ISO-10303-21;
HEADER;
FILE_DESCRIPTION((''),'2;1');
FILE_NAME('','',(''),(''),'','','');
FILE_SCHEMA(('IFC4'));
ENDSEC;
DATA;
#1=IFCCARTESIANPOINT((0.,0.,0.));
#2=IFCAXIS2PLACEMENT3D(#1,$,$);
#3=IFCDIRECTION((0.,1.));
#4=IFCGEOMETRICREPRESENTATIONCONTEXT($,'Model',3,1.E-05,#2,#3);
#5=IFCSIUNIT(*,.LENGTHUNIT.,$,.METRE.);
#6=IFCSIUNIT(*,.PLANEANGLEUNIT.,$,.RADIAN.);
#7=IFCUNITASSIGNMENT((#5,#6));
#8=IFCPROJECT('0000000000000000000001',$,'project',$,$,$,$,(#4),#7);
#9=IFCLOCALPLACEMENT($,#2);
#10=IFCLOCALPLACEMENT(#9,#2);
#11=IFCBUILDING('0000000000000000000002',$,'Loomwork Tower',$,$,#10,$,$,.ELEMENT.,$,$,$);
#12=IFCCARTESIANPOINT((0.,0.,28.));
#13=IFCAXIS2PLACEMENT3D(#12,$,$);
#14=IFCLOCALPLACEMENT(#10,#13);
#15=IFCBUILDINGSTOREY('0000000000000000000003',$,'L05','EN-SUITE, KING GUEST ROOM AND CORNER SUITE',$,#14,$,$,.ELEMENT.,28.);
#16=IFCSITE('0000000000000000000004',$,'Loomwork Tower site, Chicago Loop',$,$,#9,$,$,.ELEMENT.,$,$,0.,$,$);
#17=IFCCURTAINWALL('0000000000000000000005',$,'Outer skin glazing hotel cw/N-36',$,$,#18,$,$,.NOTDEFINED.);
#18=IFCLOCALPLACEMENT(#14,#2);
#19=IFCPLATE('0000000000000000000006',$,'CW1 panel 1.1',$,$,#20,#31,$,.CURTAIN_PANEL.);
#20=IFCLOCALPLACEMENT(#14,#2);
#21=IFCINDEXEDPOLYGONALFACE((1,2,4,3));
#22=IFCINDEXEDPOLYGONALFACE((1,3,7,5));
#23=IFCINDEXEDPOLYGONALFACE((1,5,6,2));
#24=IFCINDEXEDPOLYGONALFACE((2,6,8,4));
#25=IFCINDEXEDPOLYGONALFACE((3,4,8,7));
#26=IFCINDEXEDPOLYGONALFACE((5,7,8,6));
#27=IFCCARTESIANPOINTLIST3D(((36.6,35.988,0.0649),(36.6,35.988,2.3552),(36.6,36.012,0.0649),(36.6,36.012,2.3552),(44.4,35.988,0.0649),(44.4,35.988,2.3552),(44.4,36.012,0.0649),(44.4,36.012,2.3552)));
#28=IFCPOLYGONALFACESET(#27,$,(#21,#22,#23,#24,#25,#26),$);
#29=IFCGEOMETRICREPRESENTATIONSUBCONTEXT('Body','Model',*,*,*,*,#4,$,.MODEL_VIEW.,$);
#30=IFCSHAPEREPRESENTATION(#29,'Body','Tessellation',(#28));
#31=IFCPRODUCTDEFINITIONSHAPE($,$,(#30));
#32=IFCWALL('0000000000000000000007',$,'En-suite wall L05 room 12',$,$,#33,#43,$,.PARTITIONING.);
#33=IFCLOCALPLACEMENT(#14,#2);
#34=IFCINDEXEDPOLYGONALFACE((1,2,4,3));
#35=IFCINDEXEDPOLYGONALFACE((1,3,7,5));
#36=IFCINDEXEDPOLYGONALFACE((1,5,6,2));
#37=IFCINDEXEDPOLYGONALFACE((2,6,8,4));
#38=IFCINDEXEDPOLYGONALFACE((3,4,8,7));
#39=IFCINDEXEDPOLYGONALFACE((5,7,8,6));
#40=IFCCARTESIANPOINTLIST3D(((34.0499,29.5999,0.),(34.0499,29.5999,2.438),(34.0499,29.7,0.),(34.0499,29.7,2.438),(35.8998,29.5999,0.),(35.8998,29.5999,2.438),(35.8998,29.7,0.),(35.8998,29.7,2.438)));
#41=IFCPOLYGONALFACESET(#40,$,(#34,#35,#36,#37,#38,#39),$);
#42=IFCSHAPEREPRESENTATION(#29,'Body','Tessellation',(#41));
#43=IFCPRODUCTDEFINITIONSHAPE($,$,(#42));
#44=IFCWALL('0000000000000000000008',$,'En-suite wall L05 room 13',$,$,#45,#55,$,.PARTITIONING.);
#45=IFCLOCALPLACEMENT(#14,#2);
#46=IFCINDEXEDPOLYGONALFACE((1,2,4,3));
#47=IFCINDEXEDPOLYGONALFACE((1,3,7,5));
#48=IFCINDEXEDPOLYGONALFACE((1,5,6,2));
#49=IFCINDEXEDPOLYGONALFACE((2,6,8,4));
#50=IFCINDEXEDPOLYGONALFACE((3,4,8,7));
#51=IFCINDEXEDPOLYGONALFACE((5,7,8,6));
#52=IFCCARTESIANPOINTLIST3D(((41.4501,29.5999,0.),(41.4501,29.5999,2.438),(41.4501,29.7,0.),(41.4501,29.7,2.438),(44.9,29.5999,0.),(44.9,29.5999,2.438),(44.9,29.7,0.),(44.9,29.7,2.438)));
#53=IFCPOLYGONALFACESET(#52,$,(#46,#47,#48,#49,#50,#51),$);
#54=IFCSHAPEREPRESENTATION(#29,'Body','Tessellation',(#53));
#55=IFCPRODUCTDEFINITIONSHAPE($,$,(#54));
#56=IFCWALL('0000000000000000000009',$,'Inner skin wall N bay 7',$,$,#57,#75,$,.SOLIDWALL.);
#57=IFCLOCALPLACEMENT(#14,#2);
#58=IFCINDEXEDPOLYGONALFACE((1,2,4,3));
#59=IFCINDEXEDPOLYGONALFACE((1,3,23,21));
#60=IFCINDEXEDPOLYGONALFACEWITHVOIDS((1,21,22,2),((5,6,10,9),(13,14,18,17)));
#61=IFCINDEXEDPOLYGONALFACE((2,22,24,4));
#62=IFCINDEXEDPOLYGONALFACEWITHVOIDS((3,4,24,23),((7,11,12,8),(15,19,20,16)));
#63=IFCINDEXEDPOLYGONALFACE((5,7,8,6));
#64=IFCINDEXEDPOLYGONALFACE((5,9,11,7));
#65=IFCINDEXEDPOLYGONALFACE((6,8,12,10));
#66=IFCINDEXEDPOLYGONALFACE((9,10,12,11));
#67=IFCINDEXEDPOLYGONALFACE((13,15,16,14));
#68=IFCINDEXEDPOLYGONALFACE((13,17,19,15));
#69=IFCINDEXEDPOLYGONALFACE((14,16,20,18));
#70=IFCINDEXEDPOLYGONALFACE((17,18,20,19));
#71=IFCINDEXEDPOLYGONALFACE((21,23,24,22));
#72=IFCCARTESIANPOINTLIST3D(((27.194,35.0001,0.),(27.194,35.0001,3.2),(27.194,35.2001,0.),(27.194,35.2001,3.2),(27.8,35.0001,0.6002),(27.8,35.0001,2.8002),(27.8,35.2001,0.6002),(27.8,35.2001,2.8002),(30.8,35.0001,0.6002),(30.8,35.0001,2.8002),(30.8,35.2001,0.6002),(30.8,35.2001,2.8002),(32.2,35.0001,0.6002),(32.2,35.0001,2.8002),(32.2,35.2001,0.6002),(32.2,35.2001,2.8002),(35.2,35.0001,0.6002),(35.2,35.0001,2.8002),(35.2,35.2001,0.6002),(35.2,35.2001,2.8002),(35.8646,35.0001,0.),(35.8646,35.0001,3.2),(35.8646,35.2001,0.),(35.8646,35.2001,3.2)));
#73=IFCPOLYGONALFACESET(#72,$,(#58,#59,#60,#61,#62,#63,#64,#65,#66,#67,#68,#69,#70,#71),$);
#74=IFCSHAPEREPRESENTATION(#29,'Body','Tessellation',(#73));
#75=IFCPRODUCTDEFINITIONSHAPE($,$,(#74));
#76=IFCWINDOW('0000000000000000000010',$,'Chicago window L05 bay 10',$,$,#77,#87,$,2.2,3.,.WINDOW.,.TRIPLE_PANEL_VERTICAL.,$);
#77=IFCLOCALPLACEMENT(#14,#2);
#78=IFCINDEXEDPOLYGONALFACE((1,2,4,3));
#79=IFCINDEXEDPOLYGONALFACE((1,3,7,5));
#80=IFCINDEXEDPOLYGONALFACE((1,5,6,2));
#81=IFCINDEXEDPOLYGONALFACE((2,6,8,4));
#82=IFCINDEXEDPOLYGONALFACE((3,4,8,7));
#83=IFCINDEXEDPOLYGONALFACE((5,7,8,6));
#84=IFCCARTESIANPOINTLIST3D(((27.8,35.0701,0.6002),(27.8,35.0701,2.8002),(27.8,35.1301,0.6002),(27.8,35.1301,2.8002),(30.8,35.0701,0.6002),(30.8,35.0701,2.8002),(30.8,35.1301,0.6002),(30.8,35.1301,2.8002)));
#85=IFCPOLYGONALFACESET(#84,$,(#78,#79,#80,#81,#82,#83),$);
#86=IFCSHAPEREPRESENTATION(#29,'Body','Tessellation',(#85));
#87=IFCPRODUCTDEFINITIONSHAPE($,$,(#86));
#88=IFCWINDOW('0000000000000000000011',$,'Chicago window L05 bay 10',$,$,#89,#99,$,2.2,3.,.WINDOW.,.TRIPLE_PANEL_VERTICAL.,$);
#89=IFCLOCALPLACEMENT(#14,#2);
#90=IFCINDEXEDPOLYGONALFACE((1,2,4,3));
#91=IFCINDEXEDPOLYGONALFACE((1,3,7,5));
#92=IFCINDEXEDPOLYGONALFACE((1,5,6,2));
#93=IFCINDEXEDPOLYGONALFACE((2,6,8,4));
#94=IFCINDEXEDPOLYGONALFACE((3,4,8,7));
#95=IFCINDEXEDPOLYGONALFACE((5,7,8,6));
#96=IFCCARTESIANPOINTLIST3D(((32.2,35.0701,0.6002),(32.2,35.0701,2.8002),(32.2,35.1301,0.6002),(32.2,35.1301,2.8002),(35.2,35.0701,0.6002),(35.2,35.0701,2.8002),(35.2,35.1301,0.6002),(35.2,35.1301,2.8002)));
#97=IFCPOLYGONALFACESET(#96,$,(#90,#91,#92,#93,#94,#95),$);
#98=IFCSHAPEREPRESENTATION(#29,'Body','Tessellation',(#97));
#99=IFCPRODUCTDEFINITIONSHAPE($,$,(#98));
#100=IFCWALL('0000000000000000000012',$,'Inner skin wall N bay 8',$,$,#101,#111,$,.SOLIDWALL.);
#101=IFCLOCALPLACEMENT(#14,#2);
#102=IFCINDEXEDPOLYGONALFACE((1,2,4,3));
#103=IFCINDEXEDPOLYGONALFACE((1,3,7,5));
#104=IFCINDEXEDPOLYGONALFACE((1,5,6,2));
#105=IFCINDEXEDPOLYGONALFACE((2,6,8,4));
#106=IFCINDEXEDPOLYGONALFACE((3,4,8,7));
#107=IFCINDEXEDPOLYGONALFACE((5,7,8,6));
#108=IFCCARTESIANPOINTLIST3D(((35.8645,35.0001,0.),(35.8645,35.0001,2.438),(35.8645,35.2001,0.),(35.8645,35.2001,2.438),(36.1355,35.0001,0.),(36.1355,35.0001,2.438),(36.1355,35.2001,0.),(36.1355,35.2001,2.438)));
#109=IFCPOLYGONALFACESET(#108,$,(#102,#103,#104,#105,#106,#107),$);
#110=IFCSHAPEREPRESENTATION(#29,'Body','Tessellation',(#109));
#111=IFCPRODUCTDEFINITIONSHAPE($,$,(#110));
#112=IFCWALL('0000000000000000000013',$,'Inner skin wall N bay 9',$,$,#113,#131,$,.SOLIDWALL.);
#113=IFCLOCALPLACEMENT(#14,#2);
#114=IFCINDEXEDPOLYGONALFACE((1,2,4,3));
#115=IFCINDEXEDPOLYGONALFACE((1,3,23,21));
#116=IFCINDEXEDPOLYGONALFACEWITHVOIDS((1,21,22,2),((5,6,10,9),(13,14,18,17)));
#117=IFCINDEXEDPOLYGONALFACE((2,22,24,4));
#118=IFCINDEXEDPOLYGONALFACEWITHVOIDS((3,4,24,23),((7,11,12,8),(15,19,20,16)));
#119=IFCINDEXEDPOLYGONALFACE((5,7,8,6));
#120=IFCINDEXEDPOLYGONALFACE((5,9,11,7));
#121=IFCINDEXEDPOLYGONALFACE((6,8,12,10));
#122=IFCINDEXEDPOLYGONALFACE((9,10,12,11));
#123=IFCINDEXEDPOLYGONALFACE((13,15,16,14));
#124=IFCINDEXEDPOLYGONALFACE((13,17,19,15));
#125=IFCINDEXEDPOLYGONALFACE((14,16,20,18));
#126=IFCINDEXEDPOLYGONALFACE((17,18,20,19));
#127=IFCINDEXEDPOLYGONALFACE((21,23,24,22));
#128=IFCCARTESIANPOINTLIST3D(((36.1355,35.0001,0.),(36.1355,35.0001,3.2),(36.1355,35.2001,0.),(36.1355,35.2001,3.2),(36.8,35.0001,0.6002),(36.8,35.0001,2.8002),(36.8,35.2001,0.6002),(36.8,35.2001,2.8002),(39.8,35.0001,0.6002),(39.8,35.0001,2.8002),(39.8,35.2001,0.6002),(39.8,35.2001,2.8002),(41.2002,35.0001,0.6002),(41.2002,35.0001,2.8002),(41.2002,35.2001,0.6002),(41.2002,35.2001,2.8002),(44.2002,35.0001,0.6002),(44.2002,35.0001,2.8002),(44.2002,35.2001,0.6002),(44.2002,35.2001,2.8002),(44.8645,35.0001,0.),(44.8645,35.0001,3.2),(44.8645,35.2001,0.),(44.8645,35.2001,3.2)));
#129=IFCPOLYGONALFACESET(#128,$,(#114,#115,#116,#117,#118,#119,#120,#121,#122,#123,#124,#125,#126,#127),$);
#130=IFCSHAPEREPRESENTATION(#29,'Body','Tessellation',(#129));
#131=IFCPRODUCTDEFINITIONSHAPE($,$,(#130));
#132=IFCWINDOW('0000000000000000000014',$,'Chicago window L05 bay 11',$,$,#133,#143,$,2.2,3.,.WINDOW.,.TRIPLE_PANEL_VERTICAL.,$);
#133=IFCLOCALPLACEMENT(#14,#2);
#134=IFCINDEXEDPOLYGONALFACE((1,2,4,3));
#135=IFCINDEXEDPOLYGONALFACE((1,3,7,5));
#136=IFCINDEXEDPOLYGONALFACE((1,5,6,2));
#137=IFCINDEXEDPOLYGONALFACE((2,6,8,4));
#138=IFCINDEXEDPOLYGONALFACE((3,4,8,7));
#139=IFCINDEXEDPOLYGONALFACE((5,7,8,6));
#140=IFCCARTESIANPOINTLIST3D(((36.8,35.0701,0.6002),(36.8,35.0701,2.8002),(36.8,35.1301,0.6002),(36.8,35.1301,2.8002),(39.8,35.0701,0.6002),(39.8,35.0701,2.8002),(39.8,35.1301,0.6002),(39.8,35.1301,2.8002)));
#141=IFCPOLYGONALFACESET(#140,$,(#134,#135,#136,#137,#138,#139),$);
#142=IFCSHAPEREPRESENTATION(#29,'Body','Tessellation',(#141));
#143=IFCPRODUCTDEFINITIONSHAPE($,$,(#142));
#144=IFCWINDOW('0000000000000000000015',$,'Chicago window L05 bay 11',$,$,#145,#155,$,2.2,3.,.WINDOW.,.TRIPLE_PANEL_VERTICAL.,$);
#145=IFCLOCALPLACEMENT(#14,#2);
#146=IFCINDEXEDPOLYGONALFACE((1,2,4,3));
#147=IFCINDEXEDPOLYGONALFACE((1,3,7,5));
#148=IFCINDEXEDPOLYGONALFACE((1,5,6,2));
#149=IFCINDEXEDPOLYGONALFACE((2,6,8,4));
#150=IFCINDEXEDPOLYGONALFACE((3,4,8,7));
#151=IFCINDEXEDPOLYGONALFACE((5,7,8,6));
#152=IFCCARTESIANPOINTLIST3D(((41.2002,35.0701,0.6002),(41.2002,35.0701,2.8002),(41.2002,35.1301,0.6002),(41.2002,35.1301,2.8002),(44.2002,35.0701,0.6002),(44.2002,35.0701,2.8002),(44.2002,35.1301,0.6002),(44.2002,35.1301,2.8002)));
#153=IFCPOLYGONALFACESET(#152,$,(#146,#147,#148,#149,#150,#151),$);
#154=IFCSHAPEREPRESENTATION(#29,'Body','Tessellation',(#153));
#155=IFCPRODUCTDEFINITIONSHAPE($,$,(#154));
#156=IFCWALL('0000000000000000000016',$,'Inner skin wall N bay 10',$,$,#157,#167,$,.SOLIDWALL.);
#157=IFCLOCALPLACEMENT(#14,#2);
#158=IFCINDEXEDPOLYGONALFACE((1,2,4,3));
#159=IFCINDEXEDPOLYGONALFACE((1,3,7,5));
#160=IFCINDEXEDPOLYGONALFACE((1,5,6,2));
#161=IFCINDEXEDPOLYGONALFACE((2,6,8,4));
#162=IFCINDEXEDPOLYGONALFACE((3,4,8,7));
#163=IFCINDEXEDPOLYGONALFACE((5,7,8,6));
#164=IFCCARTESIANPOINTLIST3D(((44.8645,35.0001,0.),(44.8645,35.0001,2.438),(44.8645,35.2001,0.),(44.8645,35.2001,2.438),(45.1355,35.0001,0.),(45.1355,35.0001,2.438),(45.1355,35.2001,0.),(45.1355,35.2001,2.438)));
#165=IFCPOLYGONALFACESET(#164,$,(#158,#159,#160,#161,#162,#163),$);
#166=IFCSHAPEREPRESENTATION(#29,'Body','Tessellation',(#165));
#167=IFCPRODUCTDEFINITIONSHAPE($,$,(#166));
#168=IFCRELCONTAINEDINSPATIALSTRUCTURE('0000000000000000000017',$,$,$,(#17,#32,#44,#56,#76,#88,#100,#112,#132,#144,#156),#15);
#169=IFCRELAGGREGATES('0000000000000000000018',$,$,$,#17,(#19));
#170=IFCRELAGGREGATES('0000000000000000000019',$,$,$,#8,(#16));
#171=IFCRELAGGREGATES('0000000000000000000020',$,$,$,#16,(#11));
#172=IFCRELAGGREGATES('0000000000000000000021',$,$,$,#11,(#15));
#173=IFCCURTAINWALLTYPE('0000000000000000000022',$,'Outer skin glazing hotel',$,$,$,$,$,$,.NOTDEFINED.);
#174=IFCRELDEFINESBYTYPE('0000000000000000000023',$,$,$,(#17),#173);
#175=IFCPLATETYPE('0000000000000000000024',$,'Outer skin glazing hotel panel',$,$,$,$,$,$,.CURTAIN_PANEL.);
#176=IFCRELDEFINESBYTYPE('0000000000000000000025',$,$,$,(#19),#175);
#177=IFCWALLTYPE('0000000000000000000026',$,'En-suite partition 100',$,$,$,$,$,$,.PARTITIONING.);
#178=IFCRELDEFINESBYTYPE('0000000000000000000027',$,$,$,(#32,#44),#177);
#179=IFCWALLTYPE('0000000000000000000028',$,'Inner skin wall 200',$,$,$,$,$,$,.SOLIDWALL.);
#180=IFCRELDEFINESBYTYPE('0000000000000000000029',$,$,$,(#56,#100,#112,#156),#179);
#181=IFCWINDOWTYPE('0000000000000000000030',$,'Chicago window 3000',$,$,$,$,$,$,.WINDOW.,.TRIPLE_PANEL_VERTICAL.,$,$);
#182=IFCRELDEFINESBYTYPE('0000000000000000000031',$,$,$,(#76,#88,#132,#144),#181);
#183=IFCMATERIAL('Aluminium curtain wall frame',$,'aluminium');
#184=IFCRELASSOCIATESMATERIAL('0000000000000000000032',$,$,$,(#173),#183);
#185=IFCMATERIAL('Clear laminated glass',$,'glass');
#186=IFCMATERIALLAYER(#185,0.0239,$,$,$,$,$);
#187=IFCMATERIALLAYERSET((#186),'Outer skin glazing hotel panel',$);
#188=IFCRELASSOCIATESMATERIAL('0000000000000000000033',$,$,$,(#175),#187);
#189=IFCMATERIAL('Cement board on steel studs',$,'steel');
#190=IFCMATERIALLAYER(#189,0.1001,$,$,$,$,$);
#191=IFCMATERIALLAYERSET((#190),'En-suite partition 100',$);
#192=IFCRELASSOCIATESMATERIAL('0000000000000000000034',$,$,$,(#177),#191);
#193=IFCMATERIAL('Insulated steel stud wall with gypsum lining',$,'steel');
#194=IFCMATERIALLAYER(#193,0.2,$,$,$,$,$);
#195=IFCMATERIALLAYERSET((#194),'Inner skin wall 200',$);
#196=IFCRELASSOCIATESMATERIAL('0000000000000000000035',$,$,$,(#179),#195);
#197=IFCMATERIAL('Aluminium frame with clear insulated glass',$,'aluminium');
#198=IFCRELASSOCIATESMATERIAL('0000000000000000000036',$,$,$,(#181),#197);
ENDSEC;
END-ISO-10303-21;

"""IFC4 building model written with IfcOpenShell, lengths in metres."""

from ifc_helpers import new_model, si_unit, direction, frame, frame_2d, origin, origin_2d, place, context, subcontext, project, spatial, rectangle, extrude, material, layer, layer_set, type_object, element, fill, aggregate, save


model = new_model("IFC4")

# Units and contexts
model_context = context("Model", 3, precision=1e-05, world=origin(), true_north=direction((0.0, 1.0)))
body_context = subcontext(model_context, "Body", "Model", "MODEL_VIEW")
ifc_project = project(units=[si_unit("LENGTHUNIT", "METRE"), si_unit("PLANEANGLEUNIT", "RADIAN")], contexts=[model_context])

# Site, building, storey
site_placement = place(None, origin())
site = spatial("IfcSite", under=ifc_project, at=site_placement, Name="Loomwork Tower site, Chicago Loop", CompositionType="ELEMENT", RefElevation=0.0)
building_placement = place(site_placement, origin())
building = spatial("IfcBuilding", under=site, at=building_placement, Name="Loomwork Tower", CompositionType="ELEMENT")
storey_placement = place(building_placement, frame((0.0, 0.0, 28.0)))
storey = spatial("IfcBuildingStorey", under=building, at=storey_placement, Name="L05", Description="EN-SUITE, KING GUEST ROOM AND CORNER SUITE", CompositionType="ELEMENT", Elevation=28.0)

# Curtain wall
ifc_material_1 = material(Name="Aluminium curtain wall frame", Category="aluminium")
curtain_wall_type = type_object("IfcCurtainWallType", Name="Outer skin glazing hotel", PredefinedType="NOTDEFINED", material=ifc_material_1)
curtain_wall_1_placement = place(storey_placement, origin())
curtain_wall_1 = element("IfcCurtainWall", 1, at=curtain_wall_1_placement, inside=storey, type_object=curtain_wall_type, Name="Outer skin glazing hotel cw/N-36", PredefinedType="NOTDEFINED")

# Plate
ifc_material_2 = material(Name="Clear laminated glass", Category="glass")
ifc_layer_1 = layer(ifc_material_2, 0.0239)
ifc_layer_set_1 = layer_set([ifc_layer_1], Name="Outer skin glazing hotel panel")
plate_type = type_object("IfcPlateType", Name="Outer skin glazing hotel panel", PredefinedType="CURTAIN_PANEL", material=ifc_layer_set_1)
plate_1_placement = place(storey_placement, frame((40.5, 36.0, 0.0649), z_axis=(0.0, 0.0, 1.0), x_axis=(-1.0, 0.0, 0.0)))
plate_1 = element("IfcPlate", 2, at=plate_1_placement, type_object=plate_type, Name="CW1 panel 1.1", PredefinedType="CURTAIN_PANEL", context=body_context, shape_type="SweptSolid", body=[
    extrude(rectangle(XDim=7.8, YDim=0.0239, at=origin_2d()), origin(), (0.0, 0.0, 1.0), 2.2903),
])
aggregate(curtain_wall_1, [plate_1])

# Walls
ifc_material_3 = material(Name="Cement board on steel studs", Category="steel")
ifc_layer_2 = layer(ifc_material_3, 0.1001)
ifc_layer_set_2 = layer_set([ifc_layer_2], Name="En-suite partition 100")
wall_type_1 = type_object("IfcWallType", Name="En-suite partition 100", PredefinedType="PARTITIONING", material=ifc_layer_set_2)
wall_1_placement = place(storey_placement, frame((34.05, 29.6499, 0.0), z_axis=(0.0, 0.0, 1.0), x_axis=(1.0, 0.0, 0.0)))
element("IfcWall", 3, at=wall_1_placement, inside=storey, type_object=wall_type_1, Name="En-suite wall L05 room 12", PredefinedType="PARTITIONING", context=body_context, shape_type="SweptSolid", body=[
    extrude(rectangle(XDim=1.8499, YDim=0.1001, at=frame_2d((0.9248, 0.0))), origin(), (0.0, 0.0, 1.0), 2.438),
])
wall_2_placement = place(storey_placement, frame((41.45, 29.6499, 0.0), z_axis=(0.0, 0.0, 1.0), x_axis=(1.0, 0.0, 0.0)))
element("IfcWall", 4, at=wall_2_placement, inside=storey, type_object=wall_type_1, Name="En-suite wall L05 room 13", PredefinedType="PARTITIONING", context=body_context, shape_type="SweptSolid", body=[
    extrude(rectangle(XDim=3.45, YDim=0.1001, at=frame_2d((1.7251, 0.0))), origin(), (0.0, 0.0, 1.0), 2.438),
])

# Wall, openings, windows
ifc_material_4 = material(Name="Insulated steel stud wall with gypsum lining", Category="steel")
ifc_layer_3 = layer(ifc_material_4, 0.2)
ifc_layer_set_3 = layer_set([ifc_layer_3], Name="Inner skin wall 200")
wall_type_2 = type_object("IfcWallType", Name="Inner skin wall 200", PredefinedType="SOLIDWALL", material=ifc_layer_set_3)
wall_3_placement = place(storey_placement, frame((27.1938, 35.1001, 0.0), z_axis=(0.0, 0.0, 1.0), x_axis=(1.0, 0.0, 0.0)))
wall_3 = element("IfcWall", 5, at=wall_3_placement, inside=storey, type_object=wall_type_2, Name="Inner skin wall N bay 7", PredefinedType="SOLIDWALL", context=body_context, shape_type="SweptSolid", body=[
    extrude(rectangle(XDim=8.6707, YDim=0.2, at=frame_2d((4.3354, 0.0))), origin(), (0.0, 0.0, 1.0), 3.2),
])
opening_1_placement = place(wall_3_placement, frame((0.6062, 0.0, 0.6001)))
opening_1 = element("IfcOpeningElement", 6, at=opening_1_placement, cuts=wall_3, PredefinedType="OPENING", context=body_context, shape_type="SweptSolid", body=[
    extrude(rectangle(XDim=3.0, YDim=2.2, at=frame_2d((1.5, 1.1001))), frame((0.0, 0.1099, 0.0), z_axis=(0.0, -1.0, 0.0), x_axis=(1.0, 0.0, 0.0)), (0.0, 0.0, 1.0), 0.22),
])
opening_2_placement = place(wall_3_placement, frame((5.0061, 0.0, 0.6001)))
opening_2 = element("IfcOpeningElement", 7, at=opening_2_placement, cuts=wall_3, PredefinedType="OPENING", context=body_context, shape_type="SweptSolid", body=[
    extrude(rectangle(XDim=3.0, YDim=2.2, at=frame_2d((1.5, 1.1001))), frame((0.0, 0.1099, 0.0), z_axis=(0.0, -1.0, 0.0), x_axis=(1.0, 0.0, 0.0)), (0.0, 0.0, 1.0), 0.22),
])
ifc_material_5 = material(Name="Aluminium frame with clear insulated glass", Category="aluminium")
window_type = type_object("IfcWindowType", Name="Chicago window 3000", PartitioningType="TRIPLE_PANEL_VERTICAL", PredefinedType="WINDOW", material=ifc_material_5)
window_1_placement = place(opening_1_placement, origin())
window_1 = element("IfcWindow", 8, at=window_1_placement, inside=storey, type_object=window_type, Name="Chicago window L05 bay 10", OverallHeight=2.2, OverallWidth=3.0, PartitioningType="TRIPLE_PANEL_VERTICAL", PredefinedType="WINDOW", context=body_context, shape_type="SweptSolid", body=[
    extrude(rectangle(XDim=3.0, YDim=2.2, at=frame_2d((1.5, 1.1001))), frame((0.0, 0.03, 0.0), z_axis=(0.0, -1.0, 0.0), x_axis=(1.0, 0.0, 0.0)), (0.0, 0.0, 1.0), 0.0601),
])
fill(opening_1, window_1)
window_2_placement = place(opening_2_placement, origin())
window_2 = element("IfcWindow", 9, at=window_2_placement, inside=storey, type_object=window_type, Name="Chicago window L05 bay 10", OverallHeight=2.2, OverallWidth=3.0, PartitioningType="TRIPLE_PANEL_VERTICAL", PredefinedType="WINDOW", context=body_context, shape_type="SweptSolid", body=[
    extrude(rectangle(XDim=3.0, YDim=2.2, at=frame_2d((1.5, 1.1001))), frame((0.0, 0.03, 0.0), z_axis=(0.0, -1.0, 0.0), x_axis=(1.0, 0.0, 0.0)), (0.0, 0.0, 1.0), 0.0601),
])
fill(opening_2, window_2)

# Wall
wall_4_placement = place(storey_placement, frame((35.8645, 35.1001, 0.0), z_axis=(0.0, 0.0, 1.0), x_axis=(1.0, 0.0, 0.0)))
element("IfcWall", 10, at=wall_4_placement, inside=storey, type_object=wall_type_2, Name="Inner skin wall N bay 8", PredefinedType="SOLIDWALL", context=body_context, shape_type="SweptSolid", body=[
    extrude(rectangle(XDim=0.271, YDim=0.2, at=frame_2d((0.1355, 0.0))), origin(), (0.0, 0.0, 1.0), 2.438),
])

# Wall, openings, windows
wall_5_placement = place(storey_placement, frame((36.1355, 35.1001, 0.0), z_axis=(0.0, 0.0, 1.0), x_axis=(1.0, 0.0, 0.0)))
wall_5 = element("IfcWall", 11, at=wall_5_placement, inside=storey, type_object=wall_type_2, Name="Inner skin wall N bay 9", PredefinedType="SOLIDWALL", context=body_context, shape_type="SweptSolid", body=[
    extrude(rectangle(XDim=8.729, YDim=0.2, at=frame_2d((4.3645, 0.0))), origin(), (0.0, 0.0, 1.0), 3.2),
])
opening_3_placement = place(wall_5_placement, frame((0.6646, 0.0, 0.6001)))
opening_3 = element("IfcOpeningElement", 12, at=opening_3_placement, cuts=wall_5, PredefinedType="OPENING", context=body_context, shape_type="SweptSolid", body=[
    extrude(rectangle(XDim=3.0, YDim=2.2, at=frame_2d((1.5, 1.1001))), frame((0.0, 0.1099, 0.0), z_axis=(0.0, -1.0, 0.0), x_axis=(1.0, 0.0, 0.0)), (0.0, 0.0, 1.0), 0.22),
])
opening_4_placement = place(wall_5_placement, frame((5.0647, 0.0, 0.6001)))
opening_4 = element("IfcOpeningElement", 13, at=opening_4_placement, cuts=wall_5, PredefinedType="OPENING", context=body_context, shape_type="SweptSolid", body=[
    extrude(rectangle(XDim=3.0, YDim=2.2, at=frame_2d((1.5, 1.1001))), frame((0.0, 0.1099, 0.0), z_axis=(0.0, -1.0, 0.0), x_axis=(1.0, 0.0, 0.0)), (0.0, 0.0, 1.0), 0.22),
])
window_3_placement = place(opening_3_placement, origin())
window_3 = element("IfcWindow", 14, at=window_3_placement, inside=storey, type_object=window_type, Name="Chicago window L05 bay 11", OverallHeight=2.2, OverallWidth=3.0, PartitioningType="TRIPLE_PANEL_VERTICAL", PredefinedType="WINDOW", context=body_context, shape_type="SweptSolid", body=[
    extrude(rectangle(XDim=3.0, YDim=2.2, at=frame_2d((1.5, 1.1001))), frame((0.0, 0.03, 0.0), z_axis=(0.0, -1.0, 0.0), x_axis=(1.0, 0.0, 0.0)), (0.0, 0.0, 1.0), 0.0601),
])
fill(opening_3, window_3)
window_4_placement = place(opening_4_placement, origin())
window_4 = element("IfcWindow", 15, at=window_4_placement, inside=storey, type_object=window_type, Name="Chicago window L05 bay 11", OverallHeight=2.2, OverallWidth=3.0, PartitioningType="TRIPLE_PANEL_VERTICAL", PredefinedType="WINDOW", context=body_context, shape_type="SweptSolid", body=[
    extrude(rectangle(XDim=3.0, YDim=2.2, at=frame_2d((1.5, 1.1001))), frame((0.0, 0.03, 0.0), z_axis=(0.0, -1.0, 0.0), x_axis=(1.0, 0.0, 0.0)), (0.0, 0.0, 1.0), 0.0601),
])
fill(opening_4, window_4)

# Wall
wall_6_placement = place(storey_placement, frame((44.8645, 35.1001, 0.0), z_axis=(0.0, 0.0, 1.0), x_axis=(1.0, 0.0, 0.0)))
element("IfcWall", 16, at=wall_6_placement, inside=storey, type_object=wall_type_2, Name="Inner skin wall N bay 10", PredefinedType="SOLIDWALL", context=body_context, shape_type="SweptSolid", body=[
    extrude(rectangle(XDim=0.271, YDim=0.2, at=frame_2d((0.1355, 0.0))), origin(), (0.0, 0.0, 1.0), 2.438),
])

save(model, "model.ifc")
